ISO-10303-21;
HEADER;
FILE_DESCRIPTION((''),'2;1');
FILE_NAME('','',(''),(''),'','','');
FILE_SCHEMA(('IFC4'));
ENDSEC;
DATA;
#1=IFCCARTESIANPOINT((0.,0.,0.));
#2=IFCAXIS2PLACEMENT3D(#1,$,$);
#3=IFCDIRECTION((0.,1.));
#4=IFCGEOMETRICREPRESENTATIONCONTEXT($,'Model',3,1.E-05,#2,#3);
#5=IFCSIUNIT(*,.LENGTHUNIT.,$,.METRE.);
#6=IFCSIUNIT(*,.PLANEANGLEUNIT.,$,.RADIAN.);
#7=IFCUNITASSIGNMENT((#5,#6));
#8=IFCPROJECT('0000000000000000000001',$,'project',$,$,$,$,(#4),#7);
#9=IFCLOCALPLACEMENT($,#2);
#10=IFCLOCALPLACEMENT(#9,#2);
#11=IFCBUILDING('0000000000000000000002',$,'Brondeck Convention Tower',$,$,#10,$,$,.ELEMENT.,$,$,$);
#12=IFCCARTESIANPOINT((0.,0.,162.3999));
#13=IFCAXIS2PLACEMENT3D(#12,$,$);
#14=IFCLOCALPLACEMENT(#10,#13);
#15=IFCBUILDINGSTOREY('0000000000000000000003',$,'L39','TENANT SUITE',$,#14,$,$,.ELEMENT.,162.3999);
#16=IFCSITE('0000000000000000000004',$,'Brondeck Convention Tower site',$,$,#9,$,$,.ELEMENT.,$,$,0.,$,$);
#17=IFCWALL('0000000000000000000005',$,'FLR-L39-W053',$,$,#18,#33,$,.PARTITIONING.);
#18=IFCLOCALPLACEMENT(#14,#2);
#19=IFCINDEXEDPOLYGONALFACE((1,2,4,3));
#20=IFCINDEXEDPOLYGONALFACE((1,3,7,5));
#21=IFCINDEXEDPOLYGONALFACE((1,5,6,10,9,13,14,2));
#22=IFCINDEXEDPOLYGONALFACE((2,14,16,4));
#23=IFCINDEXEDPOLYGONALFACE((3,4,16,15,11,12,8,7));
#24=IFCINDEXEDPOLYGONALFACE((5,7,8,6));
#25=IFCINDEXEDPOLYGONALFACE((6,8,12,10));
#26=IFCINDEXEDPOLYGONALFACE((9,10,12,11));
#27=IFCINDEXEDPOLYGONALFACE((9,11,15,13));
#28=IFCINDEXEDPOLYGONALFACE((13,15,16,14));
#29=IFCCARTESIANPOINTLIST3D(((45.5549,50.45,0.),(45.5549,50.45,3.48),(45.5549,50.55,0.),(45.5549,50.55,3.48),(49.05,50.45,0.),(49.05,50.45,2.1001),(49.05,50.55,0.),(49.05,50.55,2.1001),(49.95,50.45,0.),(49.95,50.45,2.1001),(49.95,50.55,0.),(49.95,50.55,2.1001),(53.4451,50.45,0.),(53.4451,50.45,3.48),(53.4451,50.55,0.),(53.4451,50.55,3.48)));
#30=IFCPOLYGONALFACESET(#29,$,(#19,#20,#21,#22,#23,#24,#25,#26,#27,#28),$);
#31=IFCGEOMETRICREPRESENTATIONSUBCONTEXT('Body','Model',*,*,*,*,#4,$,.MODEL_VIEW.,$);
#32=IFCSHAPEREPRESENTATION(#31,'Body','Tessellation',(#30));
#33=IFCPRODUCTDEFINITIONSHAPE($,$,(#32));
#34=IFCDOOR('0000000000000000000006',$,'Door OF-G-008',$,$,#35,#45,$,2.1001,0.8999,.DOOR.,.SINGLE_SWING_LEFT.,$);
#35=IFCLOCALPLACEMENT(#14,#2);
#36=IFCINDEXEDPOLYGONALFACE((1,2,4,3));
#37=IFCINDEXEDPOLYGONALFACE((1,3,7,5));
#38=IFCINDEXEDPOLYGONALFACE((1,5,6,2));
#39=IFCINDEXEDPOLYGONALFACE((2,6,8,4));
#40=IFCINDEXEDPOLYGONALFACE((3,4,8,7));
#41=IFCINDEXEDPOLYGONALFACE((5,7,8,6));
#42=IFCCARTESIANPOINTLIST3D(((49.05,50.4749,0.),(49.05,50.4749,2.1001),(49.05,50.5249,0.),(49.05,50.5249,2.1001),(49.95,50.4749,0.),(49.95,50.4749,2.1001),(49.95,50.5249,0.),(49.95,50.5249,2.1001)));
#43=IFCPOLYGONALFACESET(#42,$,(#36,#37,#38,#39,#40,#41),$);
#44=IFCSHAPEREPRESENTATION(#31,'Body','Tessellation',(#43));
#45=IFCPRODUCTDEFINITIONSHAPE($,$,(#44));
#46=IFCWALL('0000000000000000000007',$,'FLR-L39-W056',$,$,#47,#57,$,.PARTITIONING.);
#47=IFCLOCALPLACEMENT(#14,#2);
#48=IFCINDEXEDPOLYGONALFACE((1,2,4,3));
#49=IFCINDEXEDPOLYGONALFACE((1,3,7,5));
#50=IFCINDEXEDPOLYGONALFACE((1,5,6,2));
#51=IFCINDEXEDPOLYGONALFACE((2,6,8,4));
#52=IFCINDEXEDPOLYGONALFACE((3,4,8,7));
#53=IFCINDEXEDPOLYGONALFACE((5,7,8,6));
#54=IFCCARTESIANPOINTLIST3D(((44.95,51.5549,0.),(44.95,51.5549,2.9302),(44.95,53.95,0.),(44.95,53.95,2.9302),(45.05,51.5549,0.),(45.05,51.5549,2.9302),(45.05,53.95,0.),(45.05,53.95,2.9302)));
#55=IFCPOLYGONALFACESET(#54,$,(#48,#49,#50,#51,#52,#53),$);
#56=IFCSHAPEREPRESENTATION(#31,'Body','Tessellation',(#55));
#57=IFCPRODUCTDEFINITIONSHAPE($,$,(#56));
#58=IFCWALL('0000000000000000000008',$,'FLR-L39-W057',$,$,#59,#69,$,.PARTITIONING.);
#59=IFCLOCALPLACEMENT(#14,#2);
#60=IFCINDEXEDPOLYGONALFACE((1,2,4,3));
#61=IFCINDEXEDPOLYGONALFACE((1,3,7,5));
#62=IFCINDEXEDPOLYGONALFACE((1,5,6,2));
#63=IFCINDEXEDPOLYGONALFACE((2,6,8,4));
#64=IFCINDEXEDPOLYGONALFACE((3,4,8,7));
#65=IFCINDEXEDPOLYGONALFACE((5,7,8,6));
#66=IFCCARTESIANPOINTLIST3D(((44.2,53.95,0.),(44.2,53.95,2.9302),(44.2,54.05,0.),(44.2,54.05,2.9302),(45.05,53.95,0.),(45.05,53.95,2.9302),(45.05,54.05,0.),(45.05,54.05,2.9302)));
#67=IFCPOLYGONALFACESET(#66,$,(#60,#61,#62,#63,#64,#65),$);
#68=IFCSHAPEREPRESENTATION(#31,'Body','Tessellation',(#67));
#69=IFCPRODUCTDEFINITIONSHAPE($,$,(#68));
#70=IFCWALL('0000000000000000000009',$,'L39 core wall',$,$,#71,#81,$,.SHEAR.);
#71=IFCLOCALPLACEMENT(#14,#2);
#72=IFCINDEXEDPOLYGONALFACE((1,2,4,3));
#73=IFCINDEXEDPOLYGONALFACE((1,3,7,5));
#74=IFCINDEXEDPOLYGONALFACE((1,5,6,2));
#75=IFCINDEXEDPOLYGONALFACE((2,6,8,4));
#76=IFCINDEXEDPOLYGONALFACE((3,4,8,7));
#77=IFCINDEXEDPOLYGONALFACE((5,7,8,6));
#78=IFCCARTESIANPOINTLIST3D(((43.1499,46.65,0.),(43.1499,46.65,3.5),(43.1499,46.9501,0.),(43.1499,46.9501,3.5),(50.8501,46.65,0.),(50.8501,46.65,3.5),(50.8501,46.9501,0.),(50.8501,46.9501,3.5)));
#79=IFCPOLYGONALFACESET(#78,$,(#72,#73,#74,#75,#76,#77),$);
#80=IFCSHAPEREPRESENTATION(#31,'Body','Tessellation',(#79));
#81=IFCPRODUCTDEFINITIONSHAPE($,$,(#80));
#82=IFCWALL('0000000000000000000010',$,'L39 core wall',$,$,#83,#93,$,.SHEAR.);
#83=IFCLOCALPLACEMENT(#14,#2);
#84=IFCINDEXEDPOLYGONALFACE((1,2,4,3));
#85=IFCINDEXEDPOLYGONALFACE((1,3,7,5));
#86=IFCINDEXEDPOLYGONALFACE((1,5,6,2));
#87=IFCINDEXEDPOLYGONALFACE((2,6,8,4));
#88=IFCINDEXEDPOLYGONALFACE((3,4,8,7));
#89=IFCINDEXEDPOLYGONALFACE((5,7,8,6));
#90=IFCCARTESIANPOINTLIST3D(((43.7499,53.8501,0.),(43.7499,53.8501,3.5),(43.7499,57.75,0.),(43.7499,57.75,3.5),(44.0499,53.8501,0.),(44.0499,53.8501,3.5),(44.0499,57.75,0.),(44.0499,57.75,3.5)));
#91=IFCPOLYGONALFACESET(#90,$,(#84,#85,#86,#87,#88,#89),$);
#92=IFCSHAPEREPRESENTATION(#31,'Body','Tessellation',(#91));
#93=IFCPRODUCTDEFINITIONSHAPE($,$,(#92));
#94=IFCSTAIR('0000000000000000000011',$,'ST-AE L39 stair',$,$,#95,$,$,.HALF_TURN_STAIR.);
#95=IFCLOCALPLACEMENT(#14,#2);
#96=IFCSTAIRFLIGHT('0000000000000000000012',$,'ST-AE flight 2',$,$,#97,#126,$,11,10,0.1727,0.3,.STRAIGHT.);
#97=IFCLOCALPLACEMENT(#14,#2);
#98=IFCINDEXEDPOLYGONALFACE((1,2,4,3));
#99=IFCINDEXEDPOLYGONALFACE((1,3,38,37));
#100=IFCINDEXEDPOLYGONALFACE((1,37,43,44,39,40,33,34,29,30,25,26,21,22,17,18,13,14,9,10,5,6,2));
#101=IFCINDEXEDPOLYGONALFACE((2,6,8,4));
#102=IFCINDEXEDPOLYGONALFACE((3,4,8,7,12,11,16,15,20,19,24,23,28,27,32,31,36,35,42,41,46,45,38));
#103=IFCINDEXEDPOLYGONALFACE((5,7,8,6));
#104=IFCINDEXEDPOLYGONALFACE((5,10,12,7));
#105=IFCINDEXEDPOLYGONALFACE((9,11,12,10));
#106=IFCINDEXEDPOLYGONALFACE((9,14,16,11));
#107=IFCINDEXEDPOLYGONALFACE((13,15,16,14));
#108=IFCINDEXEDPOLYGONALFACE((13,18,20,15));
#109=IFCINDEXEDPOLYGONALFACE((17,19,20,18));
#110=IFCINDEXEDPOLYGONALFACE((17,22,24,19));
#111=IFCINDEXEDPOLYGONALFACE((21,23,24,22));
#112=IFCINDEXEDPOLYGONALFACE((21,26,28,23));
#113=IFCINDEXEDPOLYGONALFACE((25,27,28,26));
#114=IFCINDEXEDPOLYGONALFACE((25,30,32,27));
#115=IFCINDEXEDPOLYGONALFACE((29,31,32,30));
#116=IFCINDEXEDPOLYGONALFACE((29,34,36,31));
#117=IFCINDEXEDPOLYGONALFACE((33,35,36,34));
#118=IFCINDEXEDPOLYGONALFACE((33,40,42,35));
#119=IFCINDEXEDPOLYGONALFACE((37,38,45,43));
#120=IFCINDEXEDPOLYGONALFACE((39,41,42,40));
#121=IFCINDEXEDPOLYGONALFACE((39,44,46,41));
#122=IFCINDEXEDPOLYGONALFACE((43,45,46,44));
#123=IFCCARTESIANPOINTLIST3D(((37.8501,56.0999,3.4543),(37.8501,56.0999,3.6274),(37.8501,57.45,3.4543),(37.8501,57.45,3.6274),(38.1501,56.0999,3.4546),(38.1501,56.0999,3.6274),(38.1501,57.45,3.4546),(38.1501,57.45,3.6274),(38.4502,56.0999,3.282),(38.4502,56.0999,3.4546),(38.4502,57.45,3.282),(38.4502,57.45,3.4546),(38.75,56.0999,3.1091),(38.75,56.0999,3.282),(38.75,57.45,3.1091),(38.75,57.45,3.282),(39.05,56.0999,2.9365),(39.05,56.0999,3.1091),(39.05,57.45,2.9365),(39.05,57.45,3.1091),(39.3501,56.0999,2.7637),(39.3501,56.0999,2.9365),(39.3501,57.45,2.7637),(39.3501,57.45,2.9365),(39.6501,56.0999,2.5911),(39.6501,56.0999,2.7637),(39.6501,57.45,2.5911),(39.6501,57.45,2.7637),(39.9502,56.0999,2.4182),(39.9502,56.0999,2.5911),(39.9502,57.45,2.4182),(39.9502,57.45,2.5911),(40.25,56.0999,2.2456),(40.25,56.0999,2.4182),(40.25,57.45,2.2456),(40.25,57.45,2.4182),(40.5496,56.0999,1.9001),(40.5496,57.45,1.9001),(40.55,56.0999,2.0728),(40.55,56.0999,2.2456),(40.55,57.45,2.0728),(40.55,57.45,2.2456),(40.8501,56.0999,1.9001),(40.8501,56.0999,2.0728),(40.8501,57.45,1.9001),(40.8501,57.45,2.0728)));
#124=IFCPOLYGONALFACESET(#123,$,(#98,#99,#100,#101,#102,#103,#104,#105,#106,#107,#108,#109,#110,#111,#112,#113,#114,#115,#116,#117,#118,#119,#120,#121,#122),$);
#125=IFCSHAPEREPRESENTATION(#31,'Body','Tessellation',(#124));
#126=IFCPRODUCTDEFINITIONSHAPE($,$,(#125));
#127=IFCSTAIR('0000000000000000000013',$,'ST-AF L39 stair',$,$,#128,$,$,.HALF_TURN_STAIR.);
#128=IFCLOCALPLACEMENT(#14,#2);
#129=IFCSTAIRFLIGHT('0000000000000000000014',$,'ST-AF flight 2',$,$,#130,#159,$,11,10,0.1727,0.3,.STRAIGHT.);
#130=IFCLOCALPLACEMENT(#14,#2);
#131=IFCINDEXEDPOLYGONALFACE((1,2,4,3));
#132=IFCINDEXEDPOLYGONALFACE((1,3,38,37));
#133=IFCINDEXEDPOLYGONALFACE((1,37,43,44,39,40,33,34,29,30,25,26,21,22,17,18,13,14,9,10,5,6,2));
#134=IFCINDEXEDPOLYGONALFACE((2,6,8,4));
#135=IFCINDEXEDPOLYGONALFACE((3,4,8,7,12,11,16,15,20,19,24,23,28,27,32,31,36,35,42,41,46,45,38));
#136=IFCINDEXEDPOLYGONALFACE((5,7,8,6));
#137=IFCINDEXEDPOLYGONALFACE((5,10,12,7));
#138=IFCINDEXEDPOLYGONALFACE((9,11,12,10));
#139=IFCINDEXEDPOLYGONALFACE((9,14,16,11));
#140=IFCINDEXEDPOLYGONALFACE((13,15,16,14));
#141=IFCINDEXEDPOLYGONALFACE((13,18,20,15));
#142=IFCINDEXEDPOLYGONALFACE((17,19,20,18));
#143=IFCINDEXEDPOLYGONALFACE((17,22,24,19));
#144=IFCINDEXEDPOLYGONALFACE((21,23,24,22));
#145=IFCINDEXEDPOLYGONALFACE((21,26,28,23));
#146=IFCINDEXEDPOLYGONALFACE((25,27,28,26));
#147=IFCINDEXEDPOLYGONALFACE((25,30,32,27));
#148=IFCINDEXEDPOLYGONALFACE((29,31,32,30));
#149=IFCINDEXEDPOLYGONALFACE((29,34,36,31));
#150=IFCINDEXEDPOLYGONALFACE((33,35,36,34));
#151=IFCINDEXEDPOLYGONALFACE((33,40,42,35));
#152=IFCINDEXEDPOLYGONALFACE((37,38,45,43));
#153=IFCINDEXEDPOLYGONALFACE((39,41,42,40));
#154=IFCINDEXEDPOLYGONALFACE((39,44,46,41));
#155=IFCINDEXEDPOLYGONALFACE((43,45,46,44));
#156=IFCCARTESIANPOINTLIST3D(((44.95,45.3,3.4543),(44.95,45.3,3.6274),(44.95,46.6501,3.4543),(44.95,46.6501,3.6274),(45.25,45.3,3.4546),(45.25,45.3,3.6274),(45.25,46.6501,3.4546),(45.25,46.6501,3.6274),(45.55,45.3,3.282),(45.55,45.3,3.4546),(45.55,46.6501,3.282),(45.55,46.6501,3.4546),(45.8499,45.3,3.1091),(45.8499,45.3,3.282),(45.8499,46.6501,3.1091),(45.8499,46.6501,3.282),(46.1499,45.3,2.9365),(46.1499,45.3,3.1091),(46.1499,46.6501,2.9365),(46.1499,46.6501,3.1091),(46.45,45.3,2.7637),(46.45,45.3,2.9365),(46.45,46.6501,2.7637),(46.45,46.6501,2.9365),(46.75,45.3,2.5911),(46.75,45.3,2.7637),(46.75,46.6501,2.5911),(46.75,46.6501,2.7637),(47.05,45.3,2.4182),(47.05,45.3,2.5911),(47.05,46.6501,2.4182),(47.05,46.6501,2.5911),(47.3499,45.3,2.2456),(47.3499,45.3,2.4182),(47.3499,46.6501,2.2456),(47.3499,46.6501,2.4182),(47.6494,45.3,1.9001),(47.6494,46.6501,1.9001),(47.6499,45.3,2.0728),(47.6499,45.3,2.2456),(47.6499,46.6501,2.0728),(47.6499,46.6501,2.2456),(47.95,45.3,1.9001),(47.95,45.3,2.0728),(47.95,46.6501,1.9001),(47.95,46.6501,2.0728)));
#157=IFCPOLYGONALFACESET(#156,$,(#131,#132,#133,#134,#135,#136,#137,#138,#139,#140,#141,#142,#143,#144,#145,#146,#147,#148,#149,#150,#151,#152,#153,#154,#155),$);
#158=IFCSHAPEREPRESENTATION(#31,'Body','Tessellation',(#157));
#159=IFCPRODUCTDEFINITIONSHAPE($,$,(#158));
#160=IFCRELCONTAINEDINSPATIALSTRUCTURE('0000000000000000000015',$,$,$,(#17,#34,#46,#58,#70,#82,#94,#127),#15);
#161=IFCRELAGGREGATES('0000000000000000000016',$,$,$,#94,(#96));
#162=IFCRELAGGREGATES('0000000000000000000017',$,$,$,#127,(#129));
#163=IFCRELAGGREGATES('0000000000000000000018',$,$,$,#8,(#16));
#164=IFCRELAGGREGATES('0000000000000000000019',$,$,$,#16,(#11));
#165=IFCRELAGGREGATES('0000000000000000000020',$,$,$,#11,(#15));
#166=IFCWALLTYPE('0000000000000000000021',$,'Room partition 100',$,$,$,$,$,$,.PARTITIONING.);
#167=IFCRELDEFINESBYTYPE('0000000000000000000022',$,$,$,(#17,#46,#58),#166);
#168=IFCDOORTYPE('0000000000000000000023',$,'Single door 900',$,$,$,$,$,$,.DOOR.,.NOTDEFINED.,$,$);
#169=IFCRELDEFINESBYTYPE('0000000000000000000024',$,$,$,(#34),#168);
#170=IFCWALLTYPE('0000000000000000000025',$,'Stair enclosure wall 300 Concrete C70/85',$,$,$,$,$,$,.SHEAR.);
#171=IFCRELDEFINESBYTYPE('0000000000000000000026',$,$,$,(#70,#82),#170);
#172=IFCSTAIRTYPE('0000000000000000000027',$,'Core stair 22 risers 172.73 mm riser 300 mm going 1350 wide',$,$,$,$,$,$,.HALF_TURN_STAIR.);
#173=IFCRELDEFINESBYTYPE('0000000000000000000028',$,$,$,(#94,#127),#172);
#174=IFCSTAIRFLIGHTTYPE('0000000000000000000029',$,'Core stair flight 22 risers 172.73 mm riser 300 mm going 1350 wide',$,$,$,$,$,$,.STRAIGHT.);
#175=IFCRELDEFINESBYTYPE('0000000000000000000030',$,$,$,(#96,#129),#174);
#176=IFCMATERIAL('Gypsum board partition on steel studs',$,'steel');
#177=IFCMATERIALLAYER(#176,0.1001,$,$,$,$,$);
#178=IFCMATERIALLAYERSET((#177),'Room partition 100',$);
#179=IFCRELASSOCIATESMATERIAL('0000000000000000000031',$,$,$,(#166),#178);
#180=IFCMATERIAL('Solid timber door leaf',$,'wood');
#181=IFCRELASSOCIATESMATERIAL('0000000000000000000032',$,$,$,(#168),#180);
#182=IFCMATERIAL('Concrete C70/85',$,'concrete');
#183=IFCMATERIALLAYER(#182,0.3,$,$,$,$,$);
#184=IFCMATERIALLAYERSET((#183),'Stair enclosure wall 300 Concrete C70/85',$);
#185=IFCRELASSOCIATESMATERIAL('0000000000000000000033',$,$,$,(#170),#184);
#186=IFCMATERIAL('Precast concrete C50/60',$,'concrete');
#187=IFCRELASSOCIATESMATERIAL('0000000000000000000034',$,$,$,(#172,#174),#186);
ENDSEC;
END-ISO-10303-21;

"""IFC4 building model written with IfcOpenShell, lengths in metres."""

from ifc_helpers import new_model, si_unit, direction, frame, frame_2d, origin, place, context, subcontext, project, spatial, polyline, rectangle, outline, extrude, material, layer, layer_set, type_object, element, fill, aggregate, save


model = new_model("IFC4")

# Units and contexts
model_context = context("Model", 3, precision=1e-05, world=origin(), true_north=direction((0.0, 1.0)))
body_context = subcontext(model_context, "Body", "Model", "MODEL_VIEW")
ifc_project = project(units=[si_unit("LENGTHUNIT", "METRE"), si_unit("PLANEANGLEUNIT", "RADIAN")], contexts=[model_context])

# Site, building, storey
site_placement = place(None, origin())
site = spatial("IfcSite", under=ifc_project, at=site_placement, Name="Brondeck Convention Tower site", CompositionType="ELEMENT", RefElevation=0.0)
building_placement = place(site_placement, origin())
building = spatial("IfcBuilding", under=site, at=building_placement, Name="Brondeck Convention Tower", CompositionType="ELEMENT")
storey_placement = place(building_placement, frame((0.0, 0.0, 162.3999)))
storey = spatial("IfcBuildingStorey", under=building, at=storey_placement, Name="L39", Description="TENANT SUITE", CompositionType="ELEMENT", Elevation=162.3999)

# Shared definitions
ifc_material_1 = material(Name="Concrete C70/85", Category="concrete")

# Shared definitions
ifc_material_2 = material(Name="Gypsum board partition on steel studs", Category="steel")
ifc_layer_1 = layer(ifc_material_2, 0.1001)
ifc_layer_set_1 = layer_set([ifc_layer_1], Name="Room partition 100")
wall_type_1 = type_object("IfcWallType", Name="Room partition 100", PredefinedType="PARTITIONING", material=ifc_layer_set_1)

# Wall, opening, door
ifc_material_3 = material(Name="Solid timber door leaf", Category="wood")
door_type = type_object("IfcDoorType", Name="Single door 900", OperationType="NOTDEFINED", PredefinedType="DOOR", material=ifc_material_3)
wall_1_placement = place(storey_placement, frame((45.5549, 50.5, 0.0), z_axis=(0.0, 0.0, 1.0), x_axis=(1.0, 0.0, 0.0)))
wall_1 = element("IfcWall", 1, at=wall_1_placement, inside=storey, type_object=wall_type_1, Name="FLR-L39-W053", PredefinedType="PARTITIONING", context=body_context, shape_type="SweptSolid", body=[
    extrude(rectangle(XDim=7.8901, YDim=0.1001, at=frame_2d((3.9451, 0.0))), origin(), (0.0, 0.0, 1.0), 3.48),
])
opening_1_placement = place(wall_1_placement, frame((3.4951, 0.0, 0.0)))
opening_1 = element("IfcOpeningElement", 2, at=opening_1_placement, cuts=wall_1, PredefinedType="OPENING", context=body_context, shape_type="SweptSolid", body=[
    extrude(rectangle(XDim=0.8999, YDim=2.1001, at=frame_2d((0.45, 1.05))), frame((0.0, 0.0601, 0.0), z_axis=(0.0, -1.0, 0.0), x_axis=(1.0, 0.0, 0.0)), (0.0, 0.0, 1.0), 0.1201),
])
door_1_placement = place(opening_1_placement, origin())
door_1 = element("IfcDoor", 3, at=door_1_placement, inside=storey, type_object=door_type, Name="Door OF-G-008", OperationType="SINGLE_SWING_LEFT", OverallHeight=2.1001, OverallWidth=0.8999, PredefinedType="DOOR", context=body_context, shape_type="SweptSolid", body=[
    extrude(rectangle(XDim=0.8999, YDim=2.1001, at=frame_2d((0.45, 1.05))), frame((0.0, 0.0249, 0.0), z_axis=(0.0, -1.0, 0.0), x_axis=(1.0, 0.0, 0.0)), (0.0, 0.0, 1.0), 0.05),
])
fill(opening_1, door_1)

# Walls
wall_2_placement = place(storey_placement, frame((45.0, 53.95, 0.0), z_axis=(0.0, 0.0, 1.0), x_axis=(0.0, -1.0, 0.0)))
element("IfcWall", 4, at=wall_2_placement, inside=storey, type_object=wall_type_1, Name="FLR-L39-W056", PredefinedType="PARTITIONING", context=body_context, shape_type="SweptSolid", body=[
    extrude(rectangle(XDim=2.395, YDim=0.1001, at=frame_2d((1.1975, 0.0))), origin(), (0.0, 0.0, 1.0), 2.9302),
])
wall_3_placement = place(storey_placement, frame((44.2, 54.0, 0.0), z_axis=(0.0, 0.0, 1.0), x_axis=(1.0, 0.0, 0.0)))
element("IfcWall", 5, at=wall_3_placement, inside=storey, type_object=wall_type_1, Name="FLR-L39-W057", PredefinedType="PARTITIONING", context=body_context, shape_type="SweptSolid", body=[
    extrude(rectangle(XDim=0.8501, YDim=0.1001, at=frame_2d((0.425, 0.0))), origin(), (0.0, 0.0, 1.0), 2.9302),
])
ifc_layer_2 = layer(ifc_material_1, 0.3)
ifc_layer_set_2 = layer_set([ifc_layer_2], Name="Stair enclosure wall 300 Concrete C70/85")
wall_type_2 = type_object("IfcWallType", Name="Stair enclosure wall 300 Concrete C70/85", PredefinedType="SHEAR", material=ifc_layer_set_2)
wall_4_placement = place(storey_placement, frame((43.1499, 46.8, 0.0), z_axis=(0.0, 0.0, 1.0), x_axis=(1.0, 0.0, 0.0)))
element("IfcWall", 6, at=wall_4_placement, inside=storey, type_object=wall_type_2, Name="L39 core wall", PredefinedType="SHEAR", context=body_context, shape_type="SweptSolid", body=[
    extrude(rectangle(XDim=7.7002, YDim=0.3, at=frame_2d((3.8501, 0.0))), origin(), (0.0, 0.0, 1.0), 3.5),
])
wall_5_placement = place(storey_placement, frame((43.8999, 53.8501, 0.0), z_axis=(0.0, 0.0, 1.0), x_axis=(0.0, 1.0, 0.0)))
element("IfcWall", 7, at=wall_5_placement, inside=storey, type_object=wall_type_2, Name="L39 core wall", PredefinedType="SHEAR", context=body_context, shape_type="SweptSolid", body=[
    extrude(rectangle(XDim=3.8999, YDim=0.3, at=frame_2d((1.95, 0.0))), origin(), (0.0, 0.0, 1.0), 3.5),
])

# Stairs, stair flights
ifc_material_4 = material(Name="Precast concrete C50/60", Category="concrete")
stair_type = type_object("IfcStairType", Name="Core stair 22 risers 172.73 mm riser 300 mm going 1350 wide", PredefinedType="HALF_TURN_STAIR", material=ifc_material_4)
stair_1_placement = place(storey_placement, origin())
stair_1 = element("IfcStair", 8, at=stair_1_placement, inside=storey, type_object=stair_type, Name="ST-AE L39 stair", PredefinedType="HALF_TURN_STAIR")
stair_flight_type = type_object("IfcStairFlightType", Name="Core stair flight 22 risers 172.73 mm riser 300 mm going 1350 wide", PredefinedType="STRAIGHT", material=ifc_material_4)
stair_flight_1_placement = place(storey_placement, frame((40.8501, 56.7749, 1.9001), z_axis=(0.0, 0.0, 1.0), x_axis=(-1.0, 0.0, 0.0)))
stair_flight_1 = element("IfcStairFlight", 9, at=stair_flight_1_placement, type_object=stair_flight_type, Name="ST-AE flight 2", NumberOfRisers=11, NumberOfTreads=10, PredefinedType="STRAIGHT", RiserHeight=0.1727, TreadLength=0.3, context=body_context, shape_type="SweptSolid", body=[
    extrude(outline(polyline([(0.0, 0.0), (0.0, 0.1726), (0.3, 0.1726), (0.3, 0.3455), (0.6001, 0.3455), (0.6001, 0.5181), (0.8999, 0.5181), (0.8999, 0.6909), (1.2, 0.6909), (1.2, 0.8635), (1.5, 0.8635), (1.5, 1.0364), (1.8, 1.0364), (1.8, 1.209), (2.1001, 1.209), (2.1001, 1.3818), (2.3999, 1.3818), (2.3999, 1.5544), (2.7, 1.5544), (2.7, 1.7273), (3.0, 1.7273), (3.0, 1.8999), (3.0, 1.5542), (0.3005, 0.0), (0.0, 0.0)])), frame((0.0, 0.675, 0.0), z_axis=(0.0, -1.0, 0.0), x_axis=(1.0, 0.0, 0.0)), (0.0, 0.0, 1.0), 1.3501),
])
aggregate(stair_1, [stair_flight_1])
stair_2_placement = place(storey_placement, origin())
stair_2 = element("IfcStair", 10, at=stair_2_placement, inside=storey, type_object=stair_type, Name="ST-AF L39 stair", PredefinedType="HALF_TURN_STAIR")
stair_flight_2_placement = place(storey_placement, frame((47.95, 45.9751, 1.9001), z_axis=(0.0, 0.0, 1.0), x_axis=(-1.0, 0.0, 0.0)))
stair_flight_2 = element("IfcStairFlight", 11, at=stair_flight_2_placement, type_object=stair_flight_type, Name="ST-AF flight 2", NumberOfRisers=11, NumberOfTreads=10, PredefinedType="STRAIGHT", RiserHeight=0.1727, TreadLength=0.3, context=body_context, shape_type="SweptSolid", body=[
    extrude(outline(polyline([(0.0, 0.0), (0.0, 0.1726), (0.3, 0.1726), (0.3, 0.3455), (0.6001, 0.3455), (0.6001, 0.5181), (0.8999, 0.5181), (0.8999, 0.6909), (1.2, 0.6909), (1.2, 0.8635), (1.5, 0.8635), (1.5, 1.0364), (1.8, 1.0364), (1.8, 1.209), (2.1001, 1.209), (2.1001, 1.3818), (2.3999, 1.3818), (2.3999, 1.5544), (2.7, 1.5544), (2.7, 1.7273), (3.0, 1.7273), (3.0, 1.8999), (3.0, 1.5542), (0.3005, 0.0), (0.0, 0.0)])), frame((0.0, 0.675, 0.0), z_axis=(0.0, -1.0, 0.0), x_axis=(1.0, 0.0, 0.0)), (0.0, 0.0, 1.0), 1.3501),
])
aggregate(stair_2, [stair_flight_2])

save(model, "model.ifc")
